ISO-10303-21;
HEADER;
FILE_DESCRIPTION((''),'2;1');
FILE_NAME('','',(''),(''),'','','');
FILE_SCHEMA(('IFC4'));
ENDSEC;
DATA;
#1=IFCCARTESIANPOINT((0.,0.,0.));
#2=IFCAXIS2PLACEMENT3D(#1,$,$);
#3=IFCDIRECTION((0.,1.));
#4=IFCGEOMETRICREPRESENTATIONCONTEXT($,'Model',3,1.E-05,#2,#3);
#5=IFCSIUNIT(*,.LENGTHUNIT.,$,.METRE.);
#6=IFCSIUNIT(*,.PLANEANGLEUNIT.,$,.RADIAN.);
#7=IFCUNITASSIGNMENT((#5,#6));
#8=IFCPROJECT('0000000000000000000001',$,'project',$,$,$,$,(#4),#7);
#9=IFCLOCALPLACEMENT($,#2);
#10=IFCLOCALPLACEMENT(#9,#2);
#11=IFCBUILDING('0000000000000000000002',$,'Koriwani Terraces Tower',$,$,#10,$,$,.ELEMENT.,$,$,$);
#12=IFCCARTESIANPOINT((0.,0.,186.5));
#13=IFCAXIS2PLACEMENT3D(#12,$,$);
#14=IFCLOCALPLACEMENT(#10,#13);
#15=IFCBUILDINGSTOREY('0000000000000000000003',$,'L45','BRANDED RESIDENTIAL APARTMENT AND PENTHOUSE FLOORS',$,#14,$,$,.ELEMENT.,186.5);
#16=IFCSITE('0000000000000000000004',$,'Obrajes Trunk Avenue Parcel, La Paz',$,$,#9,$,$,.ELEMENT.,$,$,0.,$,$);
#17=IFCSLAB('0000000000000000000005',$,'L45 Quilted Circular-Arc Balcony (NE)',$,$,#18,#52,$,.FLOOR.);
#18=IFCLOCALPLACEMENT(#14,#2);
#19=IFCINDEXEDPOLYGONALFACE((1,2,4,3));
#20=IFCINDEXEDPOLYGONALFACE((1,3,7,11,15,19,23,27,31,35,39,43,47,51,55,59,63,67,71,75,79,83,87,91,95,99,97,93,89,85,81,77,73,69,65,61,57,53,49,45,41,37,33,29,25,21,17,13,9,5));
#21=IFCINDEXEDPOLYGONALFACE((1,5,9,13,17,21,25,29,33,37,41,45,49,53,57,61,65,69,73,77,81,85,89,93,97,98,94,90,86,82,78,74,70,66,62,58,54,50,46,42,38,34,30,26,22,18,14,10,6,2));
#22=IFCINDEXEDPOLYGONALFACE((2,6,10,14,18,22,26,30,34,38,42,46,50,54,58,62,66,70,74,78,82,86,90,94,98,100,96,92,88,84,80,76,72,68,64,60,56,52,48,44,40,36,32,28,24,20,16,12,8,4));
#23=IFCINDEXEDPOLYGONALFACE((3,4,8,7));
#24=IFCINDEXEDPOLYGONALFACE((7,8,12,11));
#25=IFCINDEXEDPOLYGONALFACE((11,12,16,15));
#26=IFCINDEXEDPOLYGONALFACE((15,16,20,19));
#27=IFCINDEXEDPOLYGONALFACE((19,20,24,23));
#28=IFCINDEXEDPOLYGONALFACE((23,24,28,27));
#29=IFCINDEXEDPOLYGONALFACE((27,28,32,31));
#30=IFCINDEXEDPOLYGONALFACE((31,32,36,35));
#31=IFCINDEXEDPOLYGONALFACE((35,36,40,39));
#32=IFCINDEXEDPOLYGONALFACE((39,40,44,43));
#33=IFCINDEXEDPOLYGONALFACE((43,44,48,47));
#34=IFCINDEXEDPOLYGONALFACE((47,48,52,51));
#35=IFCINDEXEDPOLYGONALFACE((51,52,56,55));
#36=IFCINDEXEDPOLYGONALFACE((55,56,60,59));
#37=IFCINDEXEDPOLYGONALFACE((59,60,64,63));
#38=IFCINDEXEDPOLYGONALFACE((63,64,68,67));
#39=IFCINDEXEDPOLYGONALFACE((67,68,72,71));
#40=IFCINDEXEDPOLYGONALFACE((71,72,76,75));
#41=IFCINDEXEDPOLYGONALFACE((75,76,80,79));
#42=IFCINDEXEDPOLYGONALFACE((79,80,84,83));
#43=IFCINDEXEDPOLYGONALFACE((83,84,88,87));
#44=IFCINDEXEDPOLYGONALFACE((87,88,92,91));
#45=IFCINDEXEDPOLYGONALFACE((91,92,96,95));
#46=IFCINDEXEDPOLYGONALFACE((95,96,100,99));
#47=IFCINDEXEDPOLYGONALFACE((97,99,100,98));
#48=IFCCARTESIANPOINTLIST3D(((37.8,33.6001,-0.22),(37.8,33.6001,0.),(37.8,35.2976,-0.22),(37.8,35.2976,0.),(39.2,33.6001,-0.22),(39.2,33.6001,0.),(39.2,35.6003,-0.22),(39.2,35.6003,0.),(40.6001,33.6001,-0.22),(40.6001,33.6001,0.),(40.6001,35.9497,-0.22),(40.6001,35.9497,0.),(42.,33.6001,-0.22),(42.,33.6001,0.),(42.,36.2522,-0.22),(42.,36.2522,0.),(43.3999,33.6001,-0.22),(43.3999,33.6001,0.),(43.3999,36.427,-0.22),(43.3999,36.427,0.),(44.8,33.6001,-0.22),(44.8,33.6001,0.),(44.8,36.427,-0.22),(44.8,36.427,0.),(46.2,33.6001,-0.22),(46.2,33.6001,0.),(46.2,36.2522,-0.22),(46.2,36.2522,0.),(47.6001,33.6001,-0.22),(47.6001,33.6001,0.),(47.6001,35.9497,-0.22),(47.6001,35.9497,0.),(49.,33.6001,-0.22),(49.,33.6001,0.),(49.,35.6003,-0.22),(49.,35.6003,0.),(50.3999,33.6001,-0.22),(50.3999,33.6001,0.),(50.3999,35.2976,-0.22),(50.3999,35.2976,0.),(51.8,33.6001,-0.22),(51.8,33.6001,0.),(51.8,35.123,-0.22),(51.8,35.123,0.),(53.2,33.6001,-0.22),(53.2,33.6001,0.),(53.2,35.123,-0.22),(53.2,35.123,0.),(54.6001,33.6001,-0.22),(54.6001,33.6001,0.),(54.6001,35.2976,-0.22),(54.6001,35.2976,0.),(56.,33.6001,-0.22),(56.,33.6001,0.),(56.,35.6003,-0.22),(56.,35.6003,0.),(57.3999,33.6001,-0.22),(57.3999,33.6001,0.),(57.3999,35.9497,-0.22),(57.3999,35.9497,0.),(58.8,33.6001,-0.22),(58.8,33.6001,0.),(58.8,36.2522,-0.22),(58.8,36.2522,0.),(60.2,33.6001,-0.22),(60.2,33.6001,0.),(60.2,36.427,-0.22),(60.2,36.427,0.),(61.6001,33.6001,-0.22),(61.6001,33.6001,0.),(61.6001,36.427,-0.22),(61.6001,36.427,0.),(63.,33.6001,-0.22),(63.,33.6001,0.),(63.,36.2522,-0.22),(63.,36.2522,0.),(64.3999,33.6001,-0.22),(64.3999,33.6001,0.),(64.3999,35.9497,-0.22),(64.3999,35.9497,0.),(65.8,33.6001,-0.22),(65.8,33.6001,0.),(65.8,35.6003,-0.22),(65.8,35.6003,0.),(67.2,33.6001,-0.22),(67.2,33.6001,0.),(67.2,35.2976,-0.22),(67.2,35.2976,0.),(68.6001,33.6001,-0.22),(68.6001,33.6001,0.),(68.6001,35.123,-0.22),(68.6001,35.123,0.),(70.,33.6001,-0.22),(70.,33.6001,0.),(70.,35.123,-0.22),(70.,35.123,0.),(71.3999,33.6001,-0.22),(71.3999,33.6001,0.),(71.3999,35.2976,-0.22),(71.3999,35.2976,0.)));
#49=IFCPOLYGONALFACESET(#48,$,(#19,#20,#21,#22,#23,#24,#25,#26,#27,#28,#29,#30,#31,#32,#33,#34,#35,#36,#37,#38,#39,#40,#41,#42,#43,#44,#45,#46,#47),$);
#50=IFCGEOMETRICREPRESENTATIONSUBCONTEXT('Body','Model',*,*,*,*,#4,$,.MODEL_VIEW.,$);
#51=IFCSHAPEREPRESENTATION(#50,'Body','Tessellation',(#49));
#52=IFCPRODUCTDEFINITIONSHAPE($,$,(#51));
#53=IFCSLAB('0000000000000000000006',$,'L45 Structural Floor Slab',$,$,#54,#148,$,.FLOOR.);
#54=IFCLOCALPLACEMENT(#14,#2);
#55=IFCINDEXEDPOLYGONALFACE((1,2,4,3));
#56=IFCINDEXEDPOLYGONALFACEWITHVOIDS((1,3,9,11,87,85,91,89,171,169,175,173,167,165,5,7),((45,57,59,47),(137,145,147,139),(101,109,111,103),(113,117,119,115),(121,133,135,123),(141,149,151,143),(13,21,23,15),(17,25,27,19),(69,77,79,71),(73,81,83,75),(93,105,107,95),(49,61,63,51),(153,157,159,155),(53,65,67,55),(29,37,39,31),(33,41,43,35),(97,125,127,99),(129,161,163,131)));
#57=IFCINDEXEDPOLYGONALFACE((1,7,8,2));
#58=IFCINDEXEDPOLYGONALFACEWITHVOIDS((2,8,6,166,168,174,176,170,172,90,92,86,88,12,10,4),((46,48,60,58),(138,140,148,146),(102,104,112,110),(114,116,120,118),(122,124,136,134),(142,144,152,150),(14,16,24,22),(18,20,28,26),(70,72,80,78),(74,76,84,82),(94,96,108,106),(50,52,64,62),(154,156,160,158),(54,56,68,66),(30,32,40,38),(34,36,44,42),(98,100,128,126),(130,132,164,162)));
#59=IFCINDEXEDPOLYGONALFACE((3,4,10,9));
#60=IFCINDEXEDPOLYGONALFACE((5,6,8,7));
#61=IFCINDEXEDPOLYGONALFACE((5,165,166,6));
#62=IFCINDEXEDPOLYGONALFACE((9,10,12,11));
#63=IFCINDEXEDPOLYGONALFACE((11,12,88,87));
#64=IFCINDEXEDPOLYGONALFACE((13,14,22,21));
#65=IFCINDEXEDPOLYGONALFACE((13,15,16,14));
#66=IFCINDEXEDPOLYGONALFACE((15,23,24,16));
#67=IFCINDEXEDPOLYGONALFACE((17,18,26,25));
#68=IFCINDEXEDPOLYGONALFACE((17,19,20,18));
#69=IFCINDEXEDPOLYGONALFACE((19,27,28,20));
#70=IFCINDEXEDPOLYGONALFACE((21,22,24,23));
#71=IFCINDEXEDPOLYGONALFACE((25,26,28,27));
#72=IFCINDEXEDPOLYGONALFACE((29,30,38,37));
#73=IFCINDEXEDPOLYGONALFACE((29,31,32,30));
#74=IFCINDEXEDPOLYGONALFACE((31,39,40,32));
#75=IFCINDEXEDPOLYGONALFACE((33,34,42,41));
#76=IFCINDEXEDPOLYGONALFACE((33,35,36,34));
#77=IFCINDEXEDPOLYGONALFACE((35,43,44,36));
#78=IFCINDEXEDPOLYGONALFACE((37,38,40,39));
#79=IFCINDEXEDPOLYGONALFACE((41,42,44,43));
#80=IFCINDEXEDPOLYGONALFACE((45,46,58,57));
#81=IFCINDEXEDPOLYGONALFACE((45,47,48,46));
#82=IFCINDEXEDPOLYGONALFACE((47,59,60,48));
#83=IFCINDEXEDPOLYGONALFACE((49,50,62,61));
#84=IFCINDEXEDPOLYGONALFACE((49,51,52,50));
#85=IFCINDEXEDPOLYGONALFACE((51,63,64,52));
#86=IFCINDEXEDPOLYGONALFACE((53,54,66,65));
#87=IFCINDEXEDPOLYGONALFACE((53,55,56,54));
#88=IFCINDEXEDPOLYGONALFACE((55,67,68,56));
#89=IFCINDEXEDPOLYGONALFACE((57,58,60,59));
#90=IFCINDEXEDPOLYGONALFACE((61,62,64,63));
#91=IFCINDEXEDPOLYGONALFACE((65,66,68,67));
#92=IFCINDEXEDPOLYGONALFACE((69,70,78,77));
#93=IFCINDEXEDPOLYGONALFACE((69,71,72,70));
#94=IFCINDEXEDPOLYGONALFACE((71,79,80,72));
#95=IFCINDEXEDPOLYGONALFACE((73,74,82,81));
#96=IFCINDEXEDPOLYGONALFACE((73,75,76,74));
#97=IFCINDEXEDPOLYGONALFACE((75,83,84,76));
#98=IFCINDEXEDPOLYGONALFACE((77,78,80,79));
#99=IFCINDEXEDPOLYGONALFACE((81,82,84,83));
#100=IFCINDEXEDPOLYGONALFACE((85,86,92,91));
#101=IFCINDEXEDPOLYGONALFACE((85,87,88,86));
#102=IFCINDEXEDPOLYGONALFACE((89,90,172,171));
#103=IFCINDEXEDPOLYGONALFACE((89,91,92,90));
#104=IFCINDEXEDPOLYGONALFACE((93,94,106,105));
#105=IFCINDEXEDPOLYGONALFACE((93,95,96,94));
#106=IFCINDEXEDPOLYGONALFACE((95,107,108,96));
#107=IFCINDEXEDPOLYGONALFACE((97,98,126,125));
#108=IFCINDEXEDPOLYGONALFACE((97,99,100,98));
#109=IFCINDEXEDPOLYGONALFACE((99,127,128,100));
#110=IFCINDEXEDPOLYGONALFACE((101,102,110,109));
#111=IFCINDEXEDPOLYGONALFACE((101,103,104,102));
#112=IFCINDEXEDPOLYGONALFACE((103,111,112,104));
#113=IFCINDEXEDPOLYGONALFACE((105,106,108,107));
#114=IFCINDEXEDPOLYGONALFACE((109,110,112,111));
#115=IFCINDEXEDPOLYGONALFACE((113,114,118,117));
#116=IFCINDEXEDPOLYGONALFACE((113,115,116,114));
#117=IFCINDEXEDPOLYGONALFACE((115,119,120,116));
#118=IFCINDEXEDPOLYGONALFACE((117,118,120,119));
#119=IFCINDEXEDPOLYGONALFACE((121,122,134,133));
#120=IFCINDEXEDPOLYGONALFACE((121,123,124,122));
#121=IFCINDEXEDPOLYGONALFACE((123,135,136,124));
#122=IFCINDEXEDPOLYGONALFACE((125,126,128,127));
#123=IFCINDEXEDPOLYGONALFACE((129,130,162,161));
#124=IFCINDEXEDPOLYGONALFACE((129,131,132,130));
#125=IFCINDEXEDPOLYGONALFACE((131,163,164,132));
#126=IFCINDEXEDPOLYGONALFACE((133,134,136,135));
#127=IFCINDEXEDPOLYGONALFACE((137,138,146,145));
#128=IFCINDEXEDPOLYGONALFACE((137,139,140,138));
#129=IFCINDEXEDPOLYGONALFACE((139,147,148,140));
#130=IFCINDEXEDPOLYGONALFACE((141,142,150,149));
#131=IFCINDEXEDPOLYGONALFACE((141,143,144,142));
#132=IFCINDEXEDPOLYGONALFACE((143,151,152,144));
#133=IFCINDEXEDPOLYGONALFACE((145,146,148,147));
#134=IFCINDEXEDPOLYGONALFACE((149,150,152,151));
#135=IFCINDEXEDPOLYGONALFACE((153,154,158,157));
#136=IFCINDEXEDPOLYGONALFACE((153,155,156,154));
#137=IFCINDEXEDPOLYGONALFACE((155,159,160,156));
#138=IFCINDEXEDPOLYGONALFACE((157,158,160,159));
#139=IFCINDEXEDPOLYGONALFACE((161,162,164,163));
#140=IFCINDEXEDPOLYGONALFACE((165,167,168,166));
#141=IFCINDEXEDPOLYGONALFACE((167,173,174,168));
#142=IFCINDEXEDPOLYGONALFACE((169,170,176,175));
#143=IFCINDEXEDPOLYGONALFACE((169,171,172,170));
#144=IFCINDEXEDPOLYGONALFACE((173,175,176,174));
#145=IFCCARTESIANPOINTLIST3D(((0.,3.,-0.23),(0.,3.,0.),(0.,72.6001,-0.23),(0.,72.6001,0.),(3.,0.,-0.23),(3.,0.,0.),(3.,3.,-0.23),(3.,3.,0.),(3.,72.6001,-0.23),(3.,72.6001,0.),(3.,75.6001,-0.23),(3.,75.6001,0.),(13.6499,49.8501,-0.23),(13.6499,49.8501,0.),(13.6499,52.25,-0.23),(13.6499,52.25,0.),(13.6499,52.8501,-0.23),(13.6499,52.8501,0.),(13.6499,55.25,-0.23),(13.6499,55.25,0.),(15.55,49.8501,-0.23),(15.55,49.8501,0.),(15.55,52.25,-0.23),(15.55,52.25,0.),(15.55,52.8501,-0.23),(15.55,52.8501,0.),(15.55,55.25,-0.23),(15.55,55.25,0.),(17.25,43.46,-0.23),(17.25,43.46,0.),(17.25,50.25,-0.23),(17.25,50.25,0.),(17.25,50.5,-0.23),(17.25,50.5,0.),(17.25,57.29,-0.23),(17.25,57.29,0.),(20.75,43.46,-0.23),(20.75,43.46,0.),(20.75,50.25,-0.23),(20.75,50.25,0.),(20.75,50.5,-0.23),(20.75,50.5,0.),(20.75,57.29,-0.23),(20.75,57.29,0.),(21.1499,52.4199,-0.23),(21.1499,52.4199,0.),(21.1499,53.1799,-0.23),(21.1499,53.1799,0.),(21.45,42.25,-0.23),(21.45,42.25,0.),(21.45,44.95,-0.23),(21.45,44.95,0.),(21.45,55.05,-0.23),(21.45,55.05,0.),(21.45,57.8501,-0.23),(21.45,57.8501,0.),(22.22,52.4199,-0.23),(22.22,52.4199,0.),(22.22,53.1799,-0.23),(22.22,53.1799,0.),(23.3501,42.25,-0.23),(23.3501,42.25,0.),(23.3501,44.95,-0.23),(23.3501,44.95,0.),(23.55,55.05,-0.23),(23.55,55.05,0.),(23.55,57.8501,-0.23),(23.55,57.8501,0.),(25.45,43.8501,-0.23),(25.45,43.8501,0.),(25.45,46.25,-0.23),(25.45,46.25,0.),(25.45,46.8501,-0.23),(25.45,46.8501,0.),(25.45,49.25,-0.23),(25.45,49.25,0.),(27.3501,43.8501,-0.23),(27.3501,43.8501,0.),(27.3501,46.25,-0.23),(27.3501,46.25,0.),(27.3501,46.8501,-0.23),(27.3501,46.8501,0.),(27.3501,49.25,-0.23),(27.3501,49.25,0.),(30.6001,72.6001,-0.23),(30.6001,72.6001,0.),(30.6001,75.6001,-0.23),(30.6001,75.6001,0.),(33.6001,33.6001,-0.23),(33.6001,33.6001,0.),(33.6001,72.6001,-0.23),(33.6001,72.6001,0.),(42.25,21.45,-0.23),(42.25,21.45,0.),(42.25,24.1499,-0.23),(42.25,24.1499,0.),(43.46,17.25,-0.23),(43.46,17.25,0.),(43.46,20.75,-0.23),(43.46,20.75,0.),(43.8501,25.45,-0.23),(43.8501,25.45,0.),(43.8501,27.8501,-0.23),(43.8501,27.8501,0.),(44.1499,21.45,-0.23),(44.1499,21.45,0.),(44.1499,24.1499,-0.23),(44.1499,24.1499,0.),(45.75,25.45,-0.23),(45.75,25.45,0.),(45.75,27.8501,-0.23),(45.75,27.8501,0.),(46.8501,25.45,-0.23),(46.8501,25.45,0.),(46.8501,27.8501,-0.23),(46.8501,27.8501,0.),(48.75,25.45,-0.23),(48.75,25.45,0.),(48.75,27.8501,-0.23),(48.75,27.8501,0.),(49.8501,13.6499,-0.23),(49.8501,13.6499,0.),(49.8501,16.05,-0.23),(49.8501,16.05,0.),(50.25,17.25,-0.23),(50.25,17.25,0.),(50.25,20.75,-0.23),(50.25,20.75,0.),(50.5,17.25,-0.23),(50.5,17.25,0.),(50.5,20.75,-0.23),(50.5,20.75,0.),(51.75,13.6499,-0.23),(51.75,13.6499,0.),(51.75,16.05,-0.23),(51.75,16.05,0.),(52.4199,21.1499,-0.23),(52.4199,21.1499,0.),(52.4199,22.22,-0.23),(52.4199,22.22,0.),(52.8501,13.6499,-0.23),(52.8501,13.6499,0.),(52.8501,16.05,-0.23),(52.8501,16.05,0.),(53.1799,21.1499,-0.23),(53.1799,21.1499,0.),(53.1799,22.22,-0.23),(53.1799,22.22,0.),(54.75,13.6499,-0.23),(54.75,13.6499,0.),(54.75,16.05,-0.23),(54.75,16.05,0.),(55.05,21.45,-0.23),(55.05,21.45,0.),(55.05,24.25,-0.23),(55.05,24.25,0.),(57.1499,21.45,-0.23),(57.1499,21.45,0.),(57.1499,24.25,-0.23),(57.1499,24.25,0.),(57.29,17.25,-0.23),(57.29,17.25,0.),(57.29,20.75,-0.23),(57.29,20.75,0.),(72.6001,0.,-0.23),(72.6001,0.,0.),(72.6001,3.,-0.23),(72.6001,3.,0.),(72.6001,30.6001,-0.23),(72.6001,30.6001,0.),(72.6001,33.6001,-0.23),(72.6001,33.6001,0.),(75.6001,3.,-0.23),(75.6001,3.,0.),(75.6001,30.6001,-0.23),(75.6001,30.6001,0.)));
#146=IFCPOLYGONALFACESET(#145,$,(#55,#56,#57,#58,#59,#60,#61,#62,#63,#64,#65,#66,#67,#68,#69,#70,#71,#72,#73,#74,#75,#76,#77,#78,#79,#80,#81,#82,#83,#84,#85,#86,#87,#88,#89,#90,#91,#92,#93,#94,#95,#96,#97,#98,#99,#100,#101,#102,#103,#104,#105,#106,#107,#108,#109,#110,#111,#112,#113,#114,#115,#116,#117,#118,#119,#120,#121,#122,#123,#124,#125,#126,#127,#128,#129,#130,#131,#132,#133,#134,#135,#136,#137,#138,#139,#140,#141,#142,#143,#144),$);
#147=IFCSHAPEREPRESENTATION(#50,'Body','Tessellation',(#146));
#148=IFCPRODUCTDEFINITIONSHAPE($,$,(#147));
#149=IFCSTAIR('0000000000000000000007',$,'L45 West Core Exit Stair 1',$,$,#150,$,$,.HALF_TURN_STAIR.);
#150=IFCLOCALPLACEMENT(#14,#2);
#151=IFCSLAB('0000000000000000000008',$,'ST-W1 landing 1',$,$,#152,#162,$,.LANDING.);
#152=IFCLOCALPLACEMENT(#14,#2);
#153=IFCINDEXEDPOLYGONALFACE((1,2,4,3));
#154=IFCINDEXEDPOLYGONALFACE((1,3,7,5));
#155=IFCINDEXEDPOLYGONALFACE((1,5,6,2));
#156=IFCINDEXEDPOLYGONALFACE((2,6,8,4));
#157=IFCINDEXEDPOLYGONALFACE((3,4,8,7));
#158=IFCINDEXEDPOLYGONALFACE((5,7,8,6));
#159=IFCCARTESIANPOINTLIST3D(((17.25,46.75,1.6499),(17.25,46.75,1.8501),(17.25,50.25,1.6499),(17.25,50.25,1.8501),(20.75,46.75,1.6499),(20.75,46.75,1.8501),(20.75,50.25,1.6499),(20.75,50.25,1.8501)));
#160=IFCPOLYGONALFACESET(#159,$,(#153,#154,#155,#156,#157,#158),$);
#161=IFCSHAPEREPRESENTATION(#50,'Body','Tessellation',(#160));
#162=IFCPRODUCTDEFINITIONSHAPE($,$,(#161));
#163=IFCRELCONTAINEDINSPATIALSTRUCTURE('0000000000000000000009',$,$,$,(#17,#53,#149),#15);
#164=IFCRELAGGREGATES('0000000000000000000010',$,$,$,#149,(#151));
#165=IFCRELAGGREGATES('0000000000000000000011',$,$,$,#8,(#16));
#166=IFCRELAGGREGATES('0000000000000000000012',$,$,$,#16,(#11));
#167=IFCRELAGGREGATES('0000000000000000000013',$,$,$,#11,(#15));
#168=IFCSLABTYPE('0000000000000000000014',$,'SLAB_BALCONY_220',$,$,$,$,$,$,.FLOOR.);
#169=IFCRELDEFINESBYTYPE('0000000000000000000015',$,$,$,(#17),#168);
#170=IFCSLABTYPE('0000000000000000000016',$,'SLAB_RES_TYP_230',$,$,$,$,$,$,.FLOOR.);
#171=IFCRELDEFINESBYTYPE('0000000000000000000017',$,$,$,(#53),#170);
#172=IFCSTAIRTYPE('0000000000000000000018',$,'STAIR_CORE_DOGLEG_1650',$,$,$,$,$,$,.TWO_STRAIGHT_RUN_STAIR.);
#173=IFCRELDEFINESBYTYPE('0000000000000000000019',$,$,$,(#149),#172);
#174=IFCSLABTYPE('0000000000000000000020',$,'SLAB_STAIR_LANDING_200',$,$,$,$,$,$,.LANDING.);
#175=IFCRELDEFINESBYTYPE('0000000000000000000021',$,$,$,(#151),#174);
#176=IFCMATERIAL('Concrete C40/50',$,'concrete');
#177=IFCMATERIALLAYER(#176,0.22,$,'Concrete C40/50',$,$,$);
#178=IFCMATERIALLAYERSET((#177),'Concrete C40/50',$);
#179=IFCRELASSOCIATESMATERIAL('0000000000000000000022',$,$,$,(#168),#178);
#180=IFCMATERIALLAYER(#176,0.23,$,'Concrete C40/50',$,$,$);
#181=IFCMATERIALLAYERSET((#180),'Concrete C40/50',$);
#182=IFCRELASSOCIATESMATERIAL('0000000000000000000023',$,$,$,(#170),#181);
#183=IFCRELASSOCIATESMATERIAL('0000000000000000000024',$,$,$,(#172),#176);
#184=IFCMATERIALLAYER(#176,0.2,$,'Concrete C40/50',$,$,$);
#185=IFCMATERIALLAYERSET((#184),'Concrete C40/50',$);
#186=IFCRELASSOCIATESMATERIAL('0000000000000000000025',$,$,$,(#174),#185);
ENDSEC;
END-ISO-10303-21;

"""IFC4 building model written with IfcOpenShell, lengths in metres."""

from ifc_helpers import new_model, si_unit, direction, frame, origin, place, context, subcontext, project, spatial, polyline, outline, extrude, material, layer, layer_set, type_object, element, aggregate, save


model = new_model("IFC4")

# Units and contexts
model_context = context("Model", 3, precision=1e-05, world=origin(), true_north=direction((0.0, 1.0)))
body_context = subcontext(model_context, "Body", "Model", "MODEL_VIEW")
ifc_project = project(units=[si_unit("LENGTHUNIT", "METRE"), si_unit("PLANEANGLEUNIT", "RADIAN")], contexts=[model_context])

# Site, building, storey
site_placement = place(None, origin())
site = spatial("IfcSite", under=ifc_project, at=site_placement, Name="Obrajes Trunk Avenue Parcel, La Paz", CompositionType="ELEMENT", RefElevation=0.0)
building_placement = place(site_placement, origin())
building = spatial("IfcBuilding", under=site, at=building_placement, Name="Koriwani Terraces Tower", CompositionType="ELEMENT")
storey_placement = place(building_placement, frame((0.0, 0.0, 186.5)))
storey = spatial("IfcBuildingStorey", under=building, at=storey_placement, Name="L45", Description="BRANDED RESIDENTIAL APARTMENT AND PENTHOUSE FLOORS", CompositionType="ELEMENT", Elevation=186.5)

# Shared definitions
ifc_material_1 = material(Name="Concrete C40/50", Category="concrete")

# Slabs
ifc_layer_1 = layer(ifc_material_1, 0.22, Name="Concrete C40/50")
ifc_layer_set_1 = layer_set([ifc_layer_1], Name="Concrete C40/50")
slab_type_1 = type_object("IfcSlabType", Name="SLAB_BALCONY_220", PredefinedType="FLOOR", material=ifc_layer_set_1)
slab_1_placement = place(storey_placement, frame((0.0, 0.0, -0.22)))
element("IfcSlab", 1, at=slab_1_placement, inside=storey, type_object=slab_type_1, Name="L45 Quilted Circular-Arc Balcony (NE)", PredefinedType="FLOOR", context=body_context, shape_type="SweptSolid", body=[
    extrude(outline(polyline([(71.3999, 33.6001), (70.0, 33.6001), (68.6001, 33.6001), (67.2, 33.6001), (65.8, 33.6001), (64.3999, 33.6001), (63.0, 33.6001), (61.6001, 33.6001), (60.2, 33.6001), (58.8, 33.6001), (57.3999, 33.6001), (56.0, 33.6001), (54.6001, 33.6001), (53.2, 33.6001), (51.8, 33.6001), (50.3999, 33.6001), (49.0, 33.6001), (47.6001, 33.6001), (46.2, 33.6001), (44.8, 33.6001), (43.3999, 33.6001), (42.0, 33.6001), (40.6001, 33.6001), (39.2, 33.6001), (37.8, 33.6001), (37.8, 35.2976), (39.2, 35.6003), (40.6001, 35.9497), (42.0, 36.2522), (43.3999, 36.427), (44.8, 36.427), (46.2, 36.2522), (47.6001, 35.9497), (49.0, 35.6003), (50.3999, 35.2976), (51.8, 35.123), (53.2, 35.123), (54.6001, 35.2976), (56.0, 35.6003), (57.3999, 35.9497), (58.8, 36.2522), (60.2, 36.427), (61.6001, 36.427), (63.0, 36.2522), (64.3999, 35.9497), (65.8, 35.6003), (67.2, 35.2976), (68.6001, 35.123), (70.0, 35.123), (71.3999, 35.2976), (71.3999, 33.6001)])), origin(), (0.0, 0.0, 1.0), 0.22),
])
ifc_layer_2 = layer(ifc_material_1, 0.23, Name="Concrete C40/50")
ifc_layer_set_2 = layer_set([ifc_layer_2], Name="Concrete C40/50")
slab_type_2 = type_object("IfcSlabType", Name="SLAB_RES_TYP_230", PredefinedType="FLOOR", material=ifc_layer_set_2)
slab_2_placement = place(storey_placement, frame((0.0, 0.0, -0.23)))
element("IfcSlab", 2, at=slab_2_placement, inside=storey, type_object=slab_type_2, Name="L45 Structural Floor Slab", PredefinedType="FLOOR", context=body_context, shape_type="SweptSolid", body=[
    extrude(outline(polyline([(3.0, 0.0), (72.6001, 0.0), (72.6001, 3.0), (75.6001, 3.0), (75.6001, 30.6001), (72.6001, 30.6001), (72.6001, 33.6001), (33.6001, 33.6001), (33.6001, 72.6001), (30.6001, 72.6001), (30.6001, 75.6001), (3.0, 75.6001), (3.0, 72.6001), (0.0, 72.6001), (0.0, 3.0), (3.0, 3.0), (3.0, 0.0)]), holes=[polyline([(17.25, 43.46), (20.75, 43.46), (20.75, 50.25), (17.25, 50.25), (17.25, 43.46)]), polyline([(17.25, 50.5), (20.75, 50.5), (20.75, 57.29), (17.25, 57.29), (17.25, 50.5)]), polyline([(43.46, 17.25), (50.25, 17.25), (50.25, 20.75), (43.46, 20.75), (43.46, 17.25)]), polyline([(50.5, 17.25), (57.29, 17.25), (57.29, 20.75), (50.5, 20.75), (50.5, 17.25)]), polyline([(13.6499, 49.8501), (15.55, 49.8501), (15.55, 52.25), (13.6499, 52.25), (13.6499, 49.8501)]), polyline([(13.6499, 52.8501), (15.55, 52.8501), (15.55, 55.25), (13.6499, 55.25), (13.6499, 52.8501)]), polyline([(49.8501, 13.6499), (51.75, 13.6499), (51.75, 16.05), (49.8501, 16.05), (49.8501, 13.6499)]), polyline([(52.8501, 13.6499), (54.75, 13.6499), (54.75, 16.05), (52.8501, 16.05), (52.8501, 13.6499)]), polyline([(25.45, 43.8501), (27.3501, 43.8501), (27.3501, 46.25), (25.45, 46.25), (25.45, 43.8501)]), polyline([(25.45, 46.8501), (27.3501, 46.8501), (27.3501, 49.25), (25.45, 49.25), (25.45, 46.8501)]), polyline([(43.8501, 25.45), (45.75, 25.45), (45.75, 27.8501), (43.8501, 27.8501), (43.8501, 25.45)]), polyline([(46.8501, 25.45), (48.75, 25.45), (48.75, 27.8501), (46.8501, 27.8501), (46.8501, 25.45)]), polyline([(21.45, 55.05), (23.55, 55.05), (23.55, 57.8501), (21.45, 57.8501), (21.45, 55.05)]), polyline([(55.05, 21.45), (57.1499, 21.45), (57.1499, 24.25), (55.05, 24.25), (55.05, 21.45)]), polyline([(21.45, 42.25), (23.3501, 42.25), (23.3501, 44.95), (21.45, 44.95), (21.45, 42.25)]), polyline([(42.25, 21.45), (44.1499, 21.45), (44.1499, 24.1499), (42.25, 24.1499), (42.25, 21.45)]), polyline([(21.1499, 52.4199), (22.22, 52.4199), (22.22, 53.1799), (21.1499, 53.1799), (21.1499, 52.4199)]), polyline([(52.4199, 21.1499), (53.1799, 21.1499), (53.1799, 22.22), (52.4199, 22.22), (52.4199, 21.1499)])]), origin(), (0.0, 0.0, 1.0), 0.23),
])

# Stair, slab
stair_type = type_object("IfcStairType", Name="STAIR_CORE_DOGLEG_1650", PredefinedType="TWO_STRAIGHT_RUN_STAIR", material=ifc_material_1)
stair_1_placement = place(storey_placement, origin())
stair_1 = element("IfcStair", 3, at=stair_1_placement, inside=storey, type_object=stair_type, Name="L45 West Core Exit Stair 1", PredefinedType="HALF_TURN_STAIR")
ifc_layer_3 = layer(ifc_material_1, 0.2, Name="Concrete C40/50")
ifc_layer_set_3 = layer_set([ifc_layer_3], Name="Concrete C40/50")
slab_type_3 = type_object("IfcSlabType", Name="SLAB_STAIR_LANDING_200", PredefinedType="LANDING", material=ifc_layer_set_3)
slab_3_placement = place(storey_placement, frame((0.0, 0.0, 1.6499)))
slab_3 = element("IfcSlab", 4, at=slab_3_placement, type_object=slab_type_3, Name="ST-W1 landing 1", PredefinedType="LANDING", context=body_context, shape_type="SweptSolid", body=[
    extrude(outline(polyline([(20.75, 46.75), (20.75, 50.25), (17.25, 50.25), (17.25, 46.75), (20.75, 46.75)])), origin(), (0.0, 0.0, 1.0), 0.2002),
])
aggregate(stair_1, [slab_3])

save(model, "model.ifc")
